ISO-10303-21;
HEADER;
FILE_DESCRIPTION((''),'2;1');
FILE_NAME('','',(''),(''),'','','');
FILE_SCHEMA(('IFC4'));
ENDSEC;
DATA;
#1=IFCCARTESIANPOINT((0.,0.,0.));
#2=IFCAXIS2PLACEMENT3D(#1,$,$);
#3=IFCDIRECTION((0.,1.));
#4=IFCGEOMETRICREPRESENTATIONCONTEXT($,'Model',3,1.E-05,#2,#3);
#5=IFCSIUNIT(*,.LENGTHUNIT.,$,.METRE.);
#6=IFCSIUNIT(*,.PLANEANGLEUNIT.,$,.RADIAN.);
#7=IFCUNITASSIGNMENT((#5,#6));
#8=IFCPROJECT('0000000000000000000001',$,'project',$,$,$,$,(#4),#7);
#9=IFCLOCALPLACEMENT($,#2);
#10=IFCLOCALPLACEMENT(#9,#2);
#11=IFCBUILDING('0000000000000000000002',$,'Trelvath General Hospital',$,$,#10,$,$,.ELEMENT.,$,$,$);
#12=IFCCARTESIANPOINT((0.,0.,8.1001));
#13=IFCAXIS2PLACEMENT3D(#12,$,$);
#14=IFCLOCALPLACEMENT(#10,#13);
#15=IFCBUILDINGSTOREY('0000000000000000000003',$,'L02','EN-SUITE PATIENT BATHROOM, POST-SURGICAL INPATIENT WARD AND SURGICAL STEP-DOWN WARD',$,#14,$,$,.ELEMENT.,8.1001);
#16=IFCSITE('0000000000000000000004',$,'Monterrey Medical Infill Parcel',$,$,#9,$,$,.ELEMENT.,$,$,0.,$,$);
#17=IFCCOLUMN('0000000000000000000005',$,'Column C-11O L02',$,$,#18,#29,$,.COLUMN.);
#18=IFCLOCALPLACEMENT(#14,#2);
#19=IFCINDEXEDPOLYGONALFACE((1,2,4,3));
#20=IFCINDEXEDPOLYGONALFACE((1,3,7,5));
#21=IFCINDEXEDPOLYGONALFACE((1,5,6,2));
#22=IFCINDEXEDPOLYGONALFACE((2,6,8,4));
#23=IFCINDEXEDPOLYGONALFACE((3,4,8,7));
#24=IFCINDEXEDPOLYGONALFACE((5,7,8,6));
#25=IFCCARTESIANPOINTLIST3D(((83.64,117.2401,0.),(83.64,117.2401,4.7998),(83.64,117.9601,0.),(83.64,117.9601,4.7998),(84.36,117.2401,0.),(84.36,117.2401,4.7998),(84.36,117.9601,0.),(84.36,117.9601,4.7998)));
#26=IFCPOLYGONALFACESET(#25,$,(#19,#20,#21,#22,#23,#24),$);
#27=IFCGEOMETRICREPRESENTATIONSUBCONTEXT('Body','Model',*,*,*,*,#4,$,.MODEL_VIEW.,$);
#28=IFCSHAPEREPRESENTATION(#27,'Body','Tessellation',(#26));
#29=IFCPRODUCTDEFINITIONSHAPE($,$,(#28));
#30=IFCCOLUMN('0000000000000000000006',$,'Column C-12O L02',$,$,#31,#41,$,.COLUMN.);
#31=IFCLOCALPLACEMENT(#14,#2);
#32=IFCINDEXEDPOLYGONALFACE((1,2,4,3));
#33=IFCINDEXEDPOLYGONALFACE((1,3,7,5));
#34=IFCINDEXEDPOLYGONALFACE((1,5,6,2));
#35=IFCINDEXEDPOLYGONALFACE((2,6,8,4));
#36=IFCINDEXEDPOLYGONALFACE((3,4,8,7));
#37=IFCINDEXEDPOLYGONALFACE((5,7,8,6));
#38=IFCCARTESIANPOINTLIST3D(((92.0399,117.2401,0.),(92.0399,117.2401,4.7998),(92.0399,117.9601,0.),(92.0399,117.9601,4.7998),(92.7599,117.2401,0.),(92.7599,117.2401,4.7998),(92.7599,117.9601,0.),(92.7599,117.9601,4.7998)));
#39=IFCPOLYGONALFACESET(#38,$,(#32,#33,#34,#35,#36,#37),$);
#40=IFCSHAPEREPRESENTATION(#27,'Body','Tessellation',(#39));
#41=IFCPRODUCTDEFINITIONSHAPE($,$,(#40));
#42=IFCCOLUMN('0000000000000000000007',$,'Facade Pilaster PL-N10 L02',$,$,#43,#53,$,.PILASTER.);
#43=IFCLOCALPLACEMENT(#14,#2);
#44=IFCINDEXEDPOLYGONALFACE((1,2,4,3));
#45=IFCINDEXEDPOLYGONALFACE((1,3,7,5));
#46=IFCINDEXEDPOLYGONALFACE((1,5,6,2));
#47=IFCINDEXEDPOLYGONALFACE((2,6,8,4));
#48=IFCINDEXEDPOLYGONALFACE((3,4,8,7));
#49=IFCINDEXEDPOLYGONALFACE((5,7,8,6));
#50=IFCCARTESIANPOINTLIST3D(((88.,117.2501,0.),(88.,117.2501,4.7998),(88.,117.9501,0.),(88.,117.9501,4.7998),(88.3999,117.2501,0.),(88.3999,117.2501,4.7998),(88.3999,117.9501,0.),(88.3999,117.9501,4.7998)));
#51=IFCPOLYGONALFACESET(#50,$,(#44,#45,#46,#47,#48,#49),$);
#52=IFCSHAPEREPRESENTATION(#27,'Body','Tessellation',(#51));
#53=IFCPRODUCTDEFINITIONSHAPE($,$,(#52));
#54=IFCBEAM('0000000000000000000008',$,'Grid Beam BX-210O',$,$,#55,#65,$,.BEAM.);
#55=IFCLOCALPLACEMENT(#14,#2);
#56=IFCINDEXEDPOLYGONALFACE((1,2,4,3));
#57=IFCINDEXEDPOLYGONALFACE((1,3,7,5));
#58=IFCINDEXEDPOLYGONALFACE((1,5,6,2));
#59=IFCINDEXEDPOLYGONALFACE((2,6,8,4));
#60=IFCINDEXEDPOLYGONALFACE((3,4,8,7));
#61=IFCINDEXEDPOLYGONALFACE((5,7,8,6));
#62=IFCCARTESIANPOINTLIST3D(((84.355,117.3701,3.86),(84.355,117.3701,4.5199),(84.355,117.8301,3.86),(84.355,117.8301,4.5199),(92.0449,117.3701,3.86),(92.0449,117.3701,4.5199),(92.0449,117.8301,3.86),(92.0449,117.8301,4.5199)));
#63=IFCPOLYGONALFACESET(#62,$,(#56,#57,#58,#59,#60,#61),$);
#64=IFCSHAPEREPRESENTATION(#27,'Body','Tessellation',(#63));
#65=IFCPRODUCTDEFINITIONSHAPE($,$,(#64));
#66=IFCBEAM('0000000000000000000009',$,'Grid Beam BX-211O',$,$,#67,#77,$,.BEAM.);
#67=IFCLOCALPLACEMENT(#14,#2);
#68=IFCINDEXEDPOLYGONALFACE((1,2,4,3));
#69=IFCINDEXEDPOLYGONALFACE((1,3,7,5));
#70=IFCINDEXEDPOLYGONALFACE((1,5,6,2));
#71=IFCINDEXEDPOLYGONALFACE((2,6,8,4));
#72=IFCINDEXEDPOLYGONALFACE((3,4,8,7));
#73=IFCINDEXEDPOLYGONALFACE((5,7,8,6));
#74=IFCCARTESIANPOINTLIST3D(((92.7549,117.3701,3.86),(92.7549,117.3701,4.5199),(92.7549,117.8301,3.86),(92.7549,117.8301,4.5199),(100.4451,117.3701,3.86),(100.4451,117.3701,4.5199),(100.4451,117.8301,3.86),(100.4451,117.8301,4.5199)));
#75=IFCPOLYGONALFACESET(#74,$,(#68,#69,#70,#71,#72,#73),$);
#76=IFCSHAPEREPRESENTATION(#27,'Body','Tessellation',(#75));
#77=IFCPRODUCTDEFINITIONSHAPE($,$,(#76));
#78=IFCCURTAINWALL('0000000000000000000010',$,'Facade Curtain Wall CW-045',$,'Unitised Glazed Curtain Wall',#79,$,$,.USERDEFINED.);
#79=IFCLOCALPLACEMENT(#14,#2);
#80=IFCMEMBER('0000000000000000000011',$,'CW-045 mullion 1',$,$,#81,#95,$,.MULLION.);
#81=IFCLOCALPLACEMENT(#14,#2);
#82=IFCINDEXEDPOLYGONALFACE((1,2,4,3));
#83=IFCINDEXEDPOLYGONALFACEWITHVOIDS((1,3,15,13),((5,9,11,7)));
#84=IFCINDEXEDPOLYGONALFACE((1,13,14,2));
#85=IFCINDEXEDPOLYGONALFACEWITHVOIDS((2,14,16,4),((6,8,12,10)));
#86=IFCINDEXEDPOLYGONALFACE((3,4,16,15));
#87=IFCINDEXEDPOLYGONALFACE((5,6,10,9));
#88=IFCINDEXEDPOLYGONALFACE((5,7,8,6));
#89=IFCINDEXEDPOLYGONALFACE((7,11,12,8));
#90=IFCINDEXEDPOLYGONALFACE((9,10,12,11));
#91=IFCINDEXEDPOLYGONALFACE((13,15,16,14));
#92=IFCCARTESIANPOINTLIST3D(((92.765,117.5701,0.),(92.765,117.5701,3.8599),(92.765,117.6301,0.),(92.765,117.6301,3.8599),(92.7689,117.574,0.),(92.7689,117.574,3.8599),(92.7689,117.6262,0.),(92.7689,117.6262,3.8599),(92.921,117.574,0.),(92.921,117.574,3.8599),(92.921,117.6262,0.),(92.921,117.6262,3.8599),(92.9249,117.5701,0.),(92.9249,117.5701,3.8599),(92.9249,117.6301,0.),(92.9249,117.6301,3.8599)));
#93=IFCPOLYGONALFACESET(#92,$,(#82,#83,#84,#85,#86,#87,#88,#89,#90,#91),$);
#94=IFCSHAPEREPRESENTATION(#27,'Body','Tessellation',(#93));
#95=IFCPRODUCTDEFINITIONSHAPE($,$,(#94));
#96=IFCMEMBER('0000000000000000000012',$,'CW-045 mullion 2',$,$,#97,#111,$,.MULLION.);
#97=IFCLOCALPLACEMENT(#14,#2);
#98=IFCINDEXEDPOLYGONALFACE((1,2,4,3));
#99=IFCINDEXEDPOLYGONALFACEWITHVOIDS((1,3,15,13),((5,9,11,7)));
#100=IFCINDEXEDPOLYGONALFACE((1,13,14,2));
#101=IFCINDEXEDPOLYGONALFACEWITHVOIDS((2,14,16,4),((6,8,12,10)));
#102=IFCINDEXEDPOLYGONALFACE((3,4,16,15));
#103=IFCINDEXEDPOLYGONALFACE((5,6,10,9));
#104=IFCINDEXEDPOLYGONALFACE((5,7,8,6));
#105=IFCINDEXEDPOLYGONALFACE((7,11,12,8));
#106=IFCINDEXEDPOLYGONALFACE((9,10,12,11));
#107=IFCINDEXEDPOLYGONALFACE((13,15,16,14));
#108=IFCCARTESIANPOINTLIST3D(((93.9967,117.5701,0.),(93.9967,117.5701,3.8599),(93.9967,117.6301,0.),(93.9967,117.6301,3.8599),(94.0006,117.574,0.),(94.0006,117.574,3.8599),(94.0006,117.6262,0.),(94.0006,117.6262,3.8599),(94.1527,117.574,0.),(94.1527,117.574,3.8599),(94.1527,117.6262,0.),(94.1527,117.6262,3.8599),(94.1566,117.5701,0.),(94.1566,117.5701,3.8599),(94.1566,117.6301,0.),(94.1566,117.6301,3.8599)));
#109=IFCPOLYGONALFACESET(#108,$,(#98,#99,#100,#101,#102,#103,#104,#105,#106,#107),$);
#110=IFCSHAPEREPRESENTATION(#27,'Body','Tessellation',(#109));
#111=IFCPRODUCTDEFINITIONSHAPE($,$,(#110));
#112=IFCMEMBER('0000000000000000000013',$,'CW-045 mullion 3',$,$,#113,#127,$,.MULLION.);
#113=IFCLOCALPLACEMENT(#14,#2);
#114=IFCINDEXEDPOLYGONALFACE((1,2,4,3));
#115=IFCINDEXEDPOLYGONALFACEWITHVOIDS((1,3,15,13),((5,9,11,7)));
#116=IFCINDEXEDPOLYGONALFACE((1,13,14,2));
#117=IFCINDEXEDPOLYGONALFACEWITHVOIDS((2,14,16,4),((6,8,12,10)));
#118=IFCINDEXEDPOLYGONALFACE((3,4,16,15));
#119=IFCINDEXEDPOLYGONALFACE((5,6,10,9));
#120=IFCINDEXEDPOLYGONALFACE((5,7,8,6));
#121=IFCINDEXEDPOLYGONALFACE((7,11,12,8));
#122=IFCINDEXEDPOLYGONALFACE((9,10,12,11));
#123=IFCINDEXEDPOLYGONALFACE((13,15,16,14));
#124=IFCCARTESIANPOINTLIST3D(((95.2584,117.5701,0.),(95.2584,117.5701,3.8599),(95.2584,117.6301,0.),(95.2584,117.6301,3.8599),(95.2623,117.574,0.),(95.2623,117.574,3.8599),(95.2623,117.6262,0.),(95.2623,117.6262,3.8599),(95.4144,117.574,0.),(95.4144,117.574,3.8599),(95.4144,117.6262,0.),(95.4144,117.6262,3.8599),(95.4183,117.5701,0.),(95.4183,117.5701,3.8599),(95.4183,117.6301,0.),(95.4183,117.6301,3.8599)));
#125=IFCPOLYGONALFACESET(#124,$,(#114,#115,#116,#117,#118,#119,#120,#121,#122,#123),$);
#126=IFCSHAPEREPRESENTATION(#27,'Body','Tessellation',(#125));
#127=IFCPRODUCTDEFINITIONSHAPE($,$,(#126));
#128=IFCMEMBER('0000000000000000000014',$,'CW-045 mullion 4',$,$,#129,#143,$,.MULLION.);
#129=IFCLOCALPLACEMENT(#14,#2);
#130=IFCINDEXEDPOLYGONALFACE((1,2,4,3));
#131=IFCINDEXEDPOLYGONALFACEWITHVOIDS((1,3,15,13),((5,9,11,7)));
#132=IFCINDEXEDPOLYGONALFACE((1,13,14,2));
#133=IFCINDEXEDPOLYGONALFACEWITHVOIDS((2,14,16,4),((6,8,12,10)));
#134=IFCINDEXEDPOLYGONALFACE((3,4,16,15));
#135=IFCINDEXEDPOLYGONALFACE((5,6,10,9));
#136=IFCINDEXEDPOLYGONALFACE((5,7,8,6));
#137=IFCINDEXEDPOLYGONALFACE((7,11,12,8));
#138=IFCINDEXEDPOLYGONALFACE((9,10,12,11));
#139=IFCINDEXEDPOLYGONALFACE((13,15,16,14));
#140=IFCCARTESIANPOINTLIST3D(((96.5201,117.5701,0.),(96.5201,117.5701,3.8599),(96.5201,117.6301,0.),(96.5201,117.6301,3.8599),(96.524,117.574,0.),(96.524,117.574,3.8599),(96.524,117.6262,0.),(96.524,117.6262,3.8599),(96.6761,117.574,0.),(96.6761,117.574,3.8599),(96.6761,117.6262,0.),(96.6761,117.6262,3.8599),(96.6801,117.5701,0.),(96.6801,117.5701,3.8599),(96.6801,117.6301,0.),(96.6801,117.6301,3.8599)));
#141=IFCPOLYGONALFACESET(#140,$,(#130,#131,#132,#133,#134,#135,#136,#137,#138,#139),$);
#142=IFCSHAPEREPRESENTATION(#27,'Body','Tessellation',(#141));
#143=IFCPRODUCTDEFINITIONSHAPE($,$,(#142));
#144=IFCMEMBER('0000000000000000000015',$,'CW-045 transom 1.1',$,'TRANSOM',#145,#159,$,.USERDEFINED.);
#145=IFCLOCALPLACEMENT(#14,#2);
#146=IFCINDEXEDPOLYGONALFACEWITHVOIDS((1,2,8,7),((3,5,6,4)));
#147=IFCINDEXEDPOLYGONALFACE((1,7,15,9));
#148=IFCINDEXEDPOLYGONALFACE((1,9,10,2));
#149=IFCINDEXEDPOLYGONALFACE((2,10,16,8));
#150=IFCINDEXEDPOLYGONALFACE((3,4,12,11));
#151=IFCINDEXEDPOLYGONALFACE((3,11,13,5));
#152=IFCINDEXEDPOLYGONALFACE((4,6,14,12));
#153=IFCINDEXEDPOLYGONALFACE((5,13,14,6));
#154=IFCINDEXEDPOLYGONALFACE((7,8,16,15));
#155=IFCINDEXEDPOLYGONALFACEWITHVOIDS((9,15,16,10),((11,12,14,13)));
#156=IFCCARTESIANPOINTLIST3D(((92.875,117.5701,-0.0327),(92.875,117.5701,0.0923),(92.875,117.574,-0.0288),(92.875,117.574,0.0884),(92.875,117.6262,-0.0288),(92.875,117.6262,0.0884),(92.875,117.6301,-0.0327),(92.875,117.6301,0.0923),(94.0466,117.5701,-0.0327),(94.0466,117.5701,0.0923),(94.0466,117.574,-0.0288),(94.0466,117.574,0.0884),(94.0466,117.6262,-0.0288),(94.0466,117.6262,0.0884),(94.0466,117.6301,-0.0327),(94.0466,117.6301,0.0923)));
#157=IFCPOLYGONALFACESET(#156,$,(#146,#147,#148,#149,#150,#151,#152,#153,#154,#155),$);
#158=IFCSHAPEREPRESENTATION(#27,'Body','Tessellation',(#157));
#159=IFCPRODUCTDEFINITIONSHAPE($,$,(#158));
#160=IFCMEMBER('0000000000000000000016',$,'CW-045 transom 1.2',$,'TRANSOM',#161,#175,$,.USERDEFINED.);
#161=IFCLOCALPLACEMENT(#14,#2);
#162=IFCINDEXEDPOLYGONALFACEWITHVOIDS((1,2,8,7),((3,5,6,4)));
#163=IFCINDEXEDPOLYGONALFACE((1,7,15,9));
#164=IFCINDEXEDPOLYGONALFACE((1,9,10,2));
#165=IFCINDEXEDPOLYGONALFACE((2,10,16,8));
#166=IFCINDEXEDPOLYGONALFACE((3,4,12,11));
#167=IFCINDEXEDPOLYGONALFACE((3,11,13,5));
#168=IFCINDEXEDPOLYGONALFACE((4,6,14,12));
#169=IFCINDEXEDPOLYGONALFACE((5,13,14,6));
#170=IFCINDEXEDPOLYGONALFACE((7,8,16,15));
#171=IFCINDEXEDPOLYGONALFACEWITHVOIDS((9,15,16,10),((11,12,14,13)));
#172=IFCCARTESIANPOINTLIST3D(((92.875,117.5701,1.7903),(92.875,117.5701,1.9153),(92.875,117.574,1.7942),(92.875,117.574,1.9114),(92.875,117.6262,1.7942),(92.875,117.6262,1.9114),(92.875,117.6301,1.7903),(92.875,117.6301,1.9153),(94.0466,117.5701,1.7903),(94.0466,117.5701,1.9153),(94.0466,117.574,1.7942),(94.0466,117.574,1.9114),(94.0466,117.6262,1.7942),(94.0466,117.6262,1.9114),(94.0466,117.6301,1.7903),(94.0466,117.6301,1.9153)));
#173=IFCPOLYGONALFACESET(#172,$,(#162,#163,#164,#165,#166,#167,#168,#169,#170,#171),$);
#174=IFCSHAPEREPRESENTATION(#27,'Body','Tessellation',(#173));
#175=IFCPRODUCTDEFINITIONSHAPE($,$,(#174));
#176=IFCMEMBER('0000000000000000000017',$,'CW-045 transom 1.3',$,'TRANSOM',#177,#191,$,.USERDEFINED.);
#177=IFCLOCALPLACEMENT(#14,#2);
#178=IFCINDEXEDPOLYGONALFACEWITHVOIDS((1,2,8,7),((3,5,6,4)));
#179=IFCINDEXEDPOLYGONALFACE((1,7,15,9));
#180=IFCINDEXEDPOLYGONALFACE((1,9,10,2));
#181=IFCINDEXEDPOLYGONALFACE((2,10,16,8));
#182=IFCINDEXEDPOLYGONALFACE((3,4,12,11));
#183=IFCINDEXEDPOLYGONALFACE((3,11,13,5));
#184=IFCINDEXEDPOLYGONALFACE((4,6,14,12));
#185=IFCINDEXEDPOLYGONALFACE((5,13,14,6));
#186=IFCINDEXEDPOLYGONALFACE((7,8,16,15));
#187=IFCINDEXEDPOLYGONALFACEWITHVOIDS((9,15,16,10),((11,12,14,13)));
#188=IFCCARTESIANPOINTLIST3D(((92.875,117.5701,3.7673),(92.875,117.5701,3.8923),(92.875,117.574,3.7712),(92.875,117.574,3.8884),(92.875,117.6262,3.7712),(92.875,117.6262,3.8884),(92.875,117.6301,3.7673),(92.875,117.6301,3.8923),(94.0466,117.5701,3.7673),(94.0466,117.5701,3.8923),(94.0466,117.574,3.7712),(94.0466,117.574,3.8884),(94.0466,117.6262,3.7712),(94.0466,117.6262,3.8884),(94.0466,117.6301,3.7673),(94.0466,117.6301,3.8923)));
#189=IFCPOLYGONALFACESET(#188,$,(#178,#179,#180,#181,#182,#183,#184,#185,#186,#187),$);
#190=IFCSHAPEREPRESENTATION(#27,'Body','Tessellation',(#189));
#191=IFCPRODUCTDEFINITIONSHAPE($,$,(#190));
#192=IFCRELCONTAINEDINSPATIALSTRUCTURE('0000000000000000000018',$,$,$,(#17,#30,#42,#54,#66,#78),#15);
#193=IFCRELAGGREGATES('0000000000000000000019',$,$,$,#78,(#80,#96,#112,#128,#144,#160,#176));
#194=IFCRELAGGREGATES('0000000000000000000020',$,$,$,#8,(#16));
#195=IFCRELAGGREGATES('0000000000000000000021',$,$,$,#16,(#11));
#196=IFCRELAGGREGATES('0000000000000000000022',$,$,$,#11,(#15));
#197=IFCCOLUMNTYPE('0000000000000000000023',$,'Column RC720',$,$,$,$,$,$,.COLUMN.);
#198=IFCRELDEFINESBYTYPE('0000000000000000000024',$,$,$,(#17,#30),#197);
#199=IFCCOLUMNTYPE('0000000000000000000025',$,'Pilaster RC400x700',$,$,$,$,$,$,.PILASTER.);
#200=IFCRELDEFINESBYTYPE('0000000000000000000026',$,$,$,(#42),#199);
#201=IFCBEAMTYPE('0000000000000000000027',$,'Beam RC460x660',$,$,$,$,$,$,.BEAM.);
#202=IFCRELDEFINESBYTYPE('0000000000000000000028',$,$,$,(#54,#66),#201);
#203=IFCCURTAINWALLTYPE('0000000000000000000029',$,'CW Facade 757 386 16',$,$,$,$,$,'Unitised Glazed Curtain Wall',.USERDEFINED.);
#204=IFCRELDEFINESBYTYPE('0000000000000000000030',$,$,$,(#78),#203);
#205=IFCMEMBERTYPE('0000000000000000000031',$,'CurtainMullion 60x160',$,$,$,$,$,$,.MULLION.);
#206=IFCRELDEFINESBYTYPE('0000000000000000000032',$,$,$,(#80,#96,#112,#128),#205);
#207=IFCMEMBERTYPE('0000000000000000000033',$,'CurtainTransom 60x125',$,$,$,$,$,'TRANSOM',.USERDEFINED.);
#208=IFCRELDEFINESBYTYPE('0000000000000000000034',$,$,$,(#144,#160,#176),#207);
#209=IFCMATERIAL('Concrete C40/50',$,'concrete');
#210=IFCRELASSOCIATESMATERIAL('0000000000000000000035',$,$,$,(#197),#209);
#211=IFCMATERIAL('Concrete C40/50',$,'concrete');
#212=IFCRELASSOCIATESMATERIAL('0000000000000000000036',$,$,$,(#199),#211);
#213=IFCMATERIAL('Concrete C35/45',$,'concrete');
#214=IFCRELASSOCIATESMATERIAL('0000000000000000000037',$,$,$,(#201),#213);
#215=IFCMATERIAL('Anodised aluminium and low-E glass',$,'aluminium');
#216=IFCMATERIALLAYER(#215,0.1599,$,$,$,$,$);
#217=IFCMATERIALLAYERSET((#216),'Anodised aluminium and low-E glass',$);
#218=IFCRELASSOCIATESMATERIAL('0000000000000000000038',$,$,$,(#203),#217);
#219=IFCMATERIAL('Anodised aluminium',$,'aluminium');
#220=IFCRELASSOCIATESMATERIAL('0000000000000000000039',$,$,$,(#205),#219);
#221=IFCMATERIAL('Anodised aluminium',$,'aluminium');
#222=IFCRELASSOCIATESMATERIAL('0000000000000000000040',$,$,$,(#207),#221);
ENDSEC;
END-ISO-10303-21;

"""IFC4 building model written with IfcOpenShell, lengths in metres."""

from ifc_helpers import new_model, si_unit, direction, frame, origin, origin_2d, place, context, subcontext, project, spatial, rectangle, hollow_rectangle, extrude, material, layer, layer_set, material_profile, profile_set, type_object, element, aggregate, save


model = new_model("IFC4")

# Units and contexts
model_context = context("Model", 3, precision=1e-05, world=origin(), true_north=direction((0.0, 1.0)))
body_context = subcontext(model_context, "Body", "Model", "MODEL_VIEW")
ifc_project = project(units=[si_unit("LENGTHUNIT", "METRE"), si_unit("PLANEANGLEUNIT", "RADIAN")], contexts=[model_context])

# Site, building, storey
site_placement = place(None, origin())
site = spatial("IfcSite", under=ifc_project, at=site_placement, Name="Monterrey Medical Infill Parcel", CompositionType="ELEMENT", RefElevation=0.0)
building_placement = place(site_placement, origin())
building = spatial("IfcBuilding", under=site, at=building_placement, Name="Trelvath General Hospital", CompositionType="ELEMENT")
storey_placement = place(building_placement, frame((0.0, 0.0, 8.1001)))
storey = spatial("IfcBuildingStorey", under=building, at=storey_placement, Name="L02", Description="EN-SUITE PATIENT BATHROOM, POST-SURGICAL INPATIENT WARD AND SURGICAL STEP-DOWN WARD", CompositionType="ELEMENT", Elevation=8.1001)

# Columns
ifc_material_1 = material(Name="Concrete C40/50", Category="concrete")
ifc_material_profile_1 = material_profile(ifc_material_1, rectangle(XDim=0.72, YDim=0.72, at=origin_2d()), Name="RC720x720")
ifc_profile_set_1 = profile_set([ifc_material_profile_1], Name="Concrete C40/50")
column_type_1 = type_object("IfcColumnType", Name="Column RC720", PredefinedType="COLUMN", material=ifc_profile_set_1)
for number, where, z_axis, x_axis, name in (
    (1, (84.0, 117.6001, 0.0), (0.0, 0.0, 1.0), (1.0, 0.0, 0.0), "Column C-11O L02"),
    (2, (92.3999, 117.6001, 0.0), (0.0, 0.0, 1.0), (1.0, 0.0, 0.0), "Column C-12O L02"),
):
    element("IfcColumn", number, at=place(storey_placement, frame(where, z_axis=z_axis, x_axis=x_axis)), inside=storey, type_object=column_type_1, Name=name, PredefinedType="COLUMN", context=body_context, shape_type="SweptSolid", body=[
        extrude(rectangle(XDim=0.72, YDim=0.72, at=origin_2d()), origin(), (0.0, 0.0, 1.0), 4.7998),
    ])
ifc_material_2 = material(Name="Concrete C40/50", Category="concrete")
ifc_material_profile_2 = material_profile(ifc_material_2, rectangle(XDim=0.3999, YDim=0.7, at=origin_2d()), Name="RC400x700")
ifc_profile_set_2 = profile_set([ifc_material_profile_2], Name="Concrete C40/50")
column_type_2 = type_object("IfcColumnType", Name="Pilaster RC400x700", PredefinedType="PILASTER", material=ifc_profile_set_2)
column_placement = place(storey_placement, frame((88.2, 117.6001, 0.0), z_axis=(0.0, 0.0, 1.0), x_axis=(1.0, 0.0, 0.0)))
element("IfcColumn", 3, at=column_placement, inside=storey, type_object=column_type_2, Name="Facade Pilaster PL-N10 L02", PredefinedType="PILASTER", context=body_context, shape_type="SweptSolid", body=[
    extrude(rectangle(XDim=0.3999, YDim=0.7, at=origin_2d()), origin(), (0.0, 0.0, 1.0), 4.7998),
])

# Beams
ifc_material_3 = material(Name="Concrete C35/45", Category="concrete")
ifc_material_profile_3 = material_profile(ifc_material_3, rectangle(XDim=0.46, YDim=0.6599, at=origin_2d()), Name="RCB460x660")
ifc_profile_set_3 = profile_set([ifc_material_profile_3], Name="Concrete C35/45")
beam_type = type_object("IfcBeamType", Name="Beam RC460x660", PredefinedType="BEAM", material=ifc_profile_set_3)
beam_1_placement = place(storey_placement, frame((84.355, 117.6001, 4.1899), z_axis=(1.0, 0.0, 0.0), x_axis=(0.0, 1.0, 0.0)))
element("IfcBeam", 4, at=beam_1_placement, inside=storey, type_object=beam_type, Name="Grid Beam BX-210O", PredefinedType="BEAM", context=body_context, shape_type="SweptSolid", body=[
    extrude(rectangle(XDim=0.46, YDim=0.6599, at=origin_2d()), origin(), (0.0, 0.0, 1.0), 7.6899),
])
beam_2_placement = place(storey_placement, frame((92.7549, 117.6001, 4.1899), z_axis=(1.0, 0.0, 0.0), x_axis=(0.0, 1.0, 0.0)))
element("IfcBeam", 5, at=beam_2_placement, inside=storey, type_object=beam_type, Name="Grid Beam BX-211O", PredefinedType="BEAM", context=body_context, shape_type="SweptSolid", body=[
    extrude(rectangle(XDim=0.46, YDim=0.6599, at=origin_2d()), origin(), (0.0, 0.0, 1.0), 7.6902),
])

# Curtain wall, members
ifc_material_4 = material(Name="Anodised aluminium and low-E glass", Category="aluminium")
ifc_layer_1 = layer(ifc_material_4, 0.1599)
ifc_layer_set_1 = layer_set([ifc_layer_1], Name="Anodised aluminium and low-E glass")
curtain_wall_type = type_object("IfcCurtainWallType", Name="CW Facade 757 386 16", ElementType="Unitised Glazed Curtain Wall", PredefinedType="USERDEFINED", material=ifc_layer_set_1)
curtain_wall_placement = place(storey_placement, origin())
curtain_wall = element("IfcCurtainWall", 6, at=curtain_wall_placement, inside=storey, type_object=curtain_wall_type, Name="Facade Curtain Wall CW-045", ObjectType="Unitised Glazed Curtain Wall", PredefinedType="USERDEFINED")
ifc_material_5 = material(Name="Anodised aluminium", Category="aluminium")
ifc_material_profile_4 = material_profile(ifc_material_5, hollow_rectangle(XDim=0.0601, YDim=0.1599, WallThickness=0.0039, at=origin_2d()), Name="RHS60x160x4")
ifc_profile_set_4 = profile_set([ifc_material_profile_4], Name="Anodised aluminium")
member_type_1 = type_object("IfcMemberType", Name="CurtainMullion 60x160", PredefinedType="MULLION", material=ifc_profile_set_4)
member_1_placement = place(storey_placement, frame((92.845, 117.6001, 0.0), z_axis=(0.0, 0.0, 1.0), x_axis=(0.0, 1.0, 0.0)))
member_1 = element("IfcMember", 7, at=member_1_placement, type_object=member_type_1, Name="CW-045 mullion 1", PredefinedType="MULLION", context=body_context, shape_type="SweptSolid", body=[
    extrude(hollow_rectangle(XDim=0.0601, YDim=0.1599, WallThickness=0.0039, at=origin_2d()), origin(), (0.0, 0.0, 1.0), 3.8599),
])
member_2_placement = place(storey_placement, frame((94.0767, 117.6001, 0.0), z_axis=(0.0, 0.0, 1.0), x_axis=(0.0, 1.0, 0.0)))
member_2 = element("IfcMember", 8, at=member_2_placement, type_object=member_type_1, Name="CW-045 mullion 2", PredefinedType="MULLION", context=body_context, shape_type="SweptSolid", body=[
    extrude(hollow_rectangle(XDim=0.0601, YDim=0.1599, WallThickness=0.0039, at=origin_2d()), origin(), (0.0, 0.0, 1.0), 3.8599),
])
member_3_placement = place(storey_placement, frame((95.3384, 117.6001, 0.0), z_axis=(0.0, 0.0, 1.0), x_axis=(0.0, 1.0, 0.0)))
member_3 = element("IfcMember", 9, at=member_3_placement, type_object=member_type_1, Name="CW-045 mullion 3", PredefinedType="MULLION", context=body_context, shape_type="SweptSolid", body=[
    extrude(hollow_rectangle(XDim=0.0601, YDim=0.1599, WallThickness=0.0039, at=origin_2d()), origin(), (0.0, 0.0, 1.0), 3.8599),
])
member_4_placement = place(storey_placement, frame((96.6001, 117.6001, 0.0), z_axis=(0.0, 0.0, 1.0), x_axis=(0.0, 1.0, 0.0)))
member_4 = element("IfcMember", 10, at=member_4_placement, type_object=member_type_1, Name="CW-045 mullion 4", PredefinedType="MULLION", context=body_context, shape_type="SweptSolid", body=[
    extrude(hollow_rectangle(XDim=0.0601, YDim=0.1599, WallThickness=0.0039, at=origin_2d()), origin(), (0.0, 0.0, 1.0), 3.8599),
])
ifc_material_6 = material(Name="Anodised aluminium", Category="aluminium")
ifc_material_profile_5 = material_profile(ifc_material_6, hollow_rectangle(XDim=0.0601, YDim=0.125, WallThickness=0.0039, at=origin_2d()), Name="RHS60x125x4")
ifc_profile_set_5 = profile_set([ifc_material_profile_5], Name="Anodised aluminium")
member_type_2 = type_object("IfcMemberType", Name="CurtainTransom 60x125", ElementType="TRANSOM", PredefinedType="USERDEFINED", material=ifc_profile_set_5)
member_5_placement = place(storey_placement, frame((92.875, 117.6001, 0.0298), z_axis=(1.0, 0.0, 0.0), x_axis=(0.0, 1.0, 0.0)))
member_5 = element("IfcMember", 11, at=member_5_placement, type_object=member_type_2, Name="CW-045 transom 1.1", ObjectType="TRANSOM", PredefinedType="USERDEFINED", context=body_context, shape_type="SweptSolid", body=[
    extrude(hollow_rectangle(XDim=0.0601, YDim=0.125, WallThickness=0.0039, at=origin_2d()), origin(), (0.0, 0.0, 1.0), 1.1716),
])
member_6_placement = place(storey_placement, frame((92.875, 117.6001, 1.8528), z_axis=(1.0, 0.0, 0.0), x_axis=(0.0, 1.0, 0.0)))
member_6 = element("IfcMember", 12, at=member_6_placement, type_object=member_type_2, Name="CW-045 transom 1.2", ObjectType="TRANSOM", PredefinedType="USERDEFINED", context=body_context, shape_type="SweptSolid", body=[
    extrude(hollow_rectangle(XDim=0.0601, YDim=0.125, WallThickness=0.0039, at=origin_2d()), origin(), (0.0, 0.0, 1.0), 1.1716),
])
member_7_placement = place(storey_placement, frame((92.875, 117.6001, 3.8298), z_axis=(1.0, 0.0, 0.0), x_axis=(0.0, 1.0, 0.0)))
member_7 = element("IfcMember", 13, at=member_7_placement, type_object=member_type_2, Name="CW-045 transom 1.3", ObjectType="TRANSOM", PredefinedType="USERDEFINED", context=body_context, shape_type="SweptSolid", body=[
    extrude(hollow_rectangle(XDim=0.0601, YDim=0.125, WallThickness=0.0039, at=origin_2d()), origin(), (0.0, 0.0, 1.0), 1.1716),
])
aggregate(curtain_wall, [member_1, member_2, member_3, member_4, member_5, member_6, member_7])

save(model, "model.ifc")
